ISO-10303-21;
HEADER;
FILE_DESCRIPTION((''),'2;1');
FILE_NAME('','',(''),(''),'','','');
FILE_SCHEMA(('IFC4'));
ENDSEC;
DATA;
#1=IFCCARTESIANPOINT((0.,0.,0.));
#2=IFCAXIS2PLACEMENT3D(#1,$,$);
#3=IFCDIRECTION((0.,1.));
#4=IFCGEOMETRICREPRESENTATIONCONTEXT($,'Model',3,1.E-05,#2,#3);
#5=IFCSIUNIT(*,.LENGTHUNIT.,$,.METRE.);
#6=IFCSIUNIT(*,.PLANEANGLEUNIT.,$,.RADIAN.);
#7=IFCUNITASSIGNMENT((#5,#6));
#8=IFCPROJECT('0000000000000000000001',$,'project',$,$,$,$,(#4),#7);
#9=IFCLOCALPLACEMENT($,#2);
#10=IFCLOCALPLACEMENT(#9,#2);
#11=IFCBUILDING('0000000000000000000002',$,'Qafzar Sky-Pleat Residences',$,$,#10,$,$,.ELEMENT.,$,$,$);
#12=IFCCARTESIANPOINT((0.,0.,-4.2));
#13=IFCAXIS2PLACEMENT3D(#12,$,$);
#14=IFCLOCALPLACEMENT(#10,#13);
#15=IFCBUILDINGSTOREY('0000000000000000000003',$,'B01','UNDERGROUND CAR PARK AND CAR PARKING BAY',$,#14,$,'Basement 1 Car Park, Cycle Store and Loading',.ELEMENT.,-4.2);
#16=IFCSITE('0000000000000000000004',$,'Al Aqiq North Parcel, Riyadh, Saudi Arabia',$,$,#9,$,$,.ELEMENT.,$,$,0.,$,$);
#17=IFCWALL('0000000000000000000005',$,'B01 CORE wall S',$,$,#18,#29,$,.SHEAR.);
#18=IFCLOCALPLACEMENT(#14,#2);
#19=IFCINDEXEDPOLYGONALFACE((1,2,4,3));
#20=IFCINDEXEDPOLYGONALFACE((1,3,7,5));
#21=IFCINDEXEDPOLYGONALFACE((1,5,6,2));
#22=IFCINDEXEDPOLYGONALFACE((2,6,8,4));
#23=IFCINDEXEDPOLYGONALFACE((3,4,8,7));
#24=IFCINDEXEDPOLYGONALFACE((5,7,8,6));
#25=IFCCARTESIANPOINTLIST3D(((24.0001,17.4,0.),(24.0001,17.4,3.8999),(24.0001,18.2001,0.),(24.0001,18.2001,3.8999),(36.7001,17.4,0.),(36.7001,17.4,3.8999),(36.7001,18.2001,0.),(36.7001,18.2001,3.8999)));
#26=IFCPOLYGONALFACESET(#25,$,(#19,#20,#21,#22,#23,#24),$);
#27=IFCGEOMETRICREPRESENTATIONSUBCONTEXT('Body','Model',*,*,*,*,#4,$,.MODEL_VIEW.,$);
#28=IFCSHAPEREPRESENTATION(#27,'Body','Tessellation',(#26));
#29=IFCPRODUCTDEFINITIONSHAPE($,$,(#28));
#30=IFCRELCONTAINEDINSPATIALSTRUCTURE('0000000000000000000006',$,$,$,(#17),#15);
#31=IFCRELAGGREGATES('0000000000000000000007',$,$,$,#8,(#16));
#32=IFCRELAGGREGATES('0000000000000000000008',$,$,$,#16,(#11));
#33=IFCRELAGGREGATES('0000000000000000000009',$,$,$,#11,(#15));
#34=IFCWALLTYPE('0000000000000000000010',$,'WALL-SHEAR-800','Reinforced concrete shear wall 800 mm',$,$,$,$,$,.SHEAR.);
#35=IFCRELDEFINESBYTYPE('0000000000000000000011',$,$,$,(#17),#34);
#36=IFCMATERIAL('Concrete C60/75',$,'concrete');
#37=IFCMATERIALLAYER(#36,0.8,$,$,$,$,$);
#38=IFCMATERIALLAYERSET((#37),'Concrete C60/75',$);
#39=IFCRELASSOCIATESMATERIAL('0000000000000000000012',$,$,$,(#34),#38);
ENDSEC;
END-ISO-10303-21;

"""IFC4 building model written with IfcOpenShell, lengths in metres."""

from ifc_helpers import new_model, si_unit, direction, frame, frame_2d, origin, place, context, subcontext, project, spatial, rectangle, extrude, material, layer, layer_set, type_object, element, save


model = new_model("IFC4")

# Units and contexts
model_context = context("Model", 3, precision=1e-05, world=origin(), true_north=direction((0.0, 1.0)))
body_context = subcontext(model_context, "Body", "Model", "MODEL_VIEW")
ifc_project = project(units=[si_unit("LENGTHUNIT", "METRE"), si_unit("PLANEANGLEUNIT", "RADIAN")], contexts=[model_context])

# Site, building, storey
site_placement = place(None, origin())
site = spatial("IfcSite", under=ifc_project, at=site_placement, Name="Al Aqiq North Parcel, Riyadh, Saudi Arabia", CompositionType="ELEMENT", RefElevation=0.0)
building_placement = place(site_placement, origin())
building = spatial("IfcBuilding", under=site, at=building_placement, Name="Qafzar Sky-Pleat Residences", CompositionType="ELEMENT")
storey_placement = place(building_placement, frame((0.0, 0.0, -4.2)))
storey = spatial("IfcBuildingStorey", under=building, at=storey_placement, Name="B01", Description="UNDERGROUND CAR PARK AND CAR PARKING BAY", LongName="Basement 1 Car Park, Cycle Store and Loading", CompositionType="ELEMENT", Elevation=-4.2)

# Shared definitions
ifc_material_1 = material(Name="Concrete C60/75", Category="concrete")

# Wall
ifc_layer_1 = layer(ifc_material_1, 0.8)
ifc_layer_set_1 = layer_set([ifc_layer_1], Name="Concrete C60/75")
wall_type_1 = type_object("IfcWallType", Name="WALL-SHEAR-800", Description="Reinforced concrete shear wall 800 mm", PredefinedType="SHEAR", material=ifc_layer_set_1)
wall_1_placement = place(storey_placement, frame((24.0, 17.8, 0.0), z_axis=(0.0, 0.0, 1.0), x_axis=(1.0, 0.0, 0.0)))
element("IfcWall", 1, at=wall_1_placement, inside=storey, type_object=wall_type_1, Name="B01 CORE wall S", PredefinedType="SHEAR", context=body_context, shape_type="SweptSolid", body=[
    extrude(rectangle(XDim=12.7, YDim=0.8, at=frame_2d((6.3501, 0.0))), origin(), (0.0, 0.0, 1.0), 3.8999),
])

save(model, "model.ifc")
